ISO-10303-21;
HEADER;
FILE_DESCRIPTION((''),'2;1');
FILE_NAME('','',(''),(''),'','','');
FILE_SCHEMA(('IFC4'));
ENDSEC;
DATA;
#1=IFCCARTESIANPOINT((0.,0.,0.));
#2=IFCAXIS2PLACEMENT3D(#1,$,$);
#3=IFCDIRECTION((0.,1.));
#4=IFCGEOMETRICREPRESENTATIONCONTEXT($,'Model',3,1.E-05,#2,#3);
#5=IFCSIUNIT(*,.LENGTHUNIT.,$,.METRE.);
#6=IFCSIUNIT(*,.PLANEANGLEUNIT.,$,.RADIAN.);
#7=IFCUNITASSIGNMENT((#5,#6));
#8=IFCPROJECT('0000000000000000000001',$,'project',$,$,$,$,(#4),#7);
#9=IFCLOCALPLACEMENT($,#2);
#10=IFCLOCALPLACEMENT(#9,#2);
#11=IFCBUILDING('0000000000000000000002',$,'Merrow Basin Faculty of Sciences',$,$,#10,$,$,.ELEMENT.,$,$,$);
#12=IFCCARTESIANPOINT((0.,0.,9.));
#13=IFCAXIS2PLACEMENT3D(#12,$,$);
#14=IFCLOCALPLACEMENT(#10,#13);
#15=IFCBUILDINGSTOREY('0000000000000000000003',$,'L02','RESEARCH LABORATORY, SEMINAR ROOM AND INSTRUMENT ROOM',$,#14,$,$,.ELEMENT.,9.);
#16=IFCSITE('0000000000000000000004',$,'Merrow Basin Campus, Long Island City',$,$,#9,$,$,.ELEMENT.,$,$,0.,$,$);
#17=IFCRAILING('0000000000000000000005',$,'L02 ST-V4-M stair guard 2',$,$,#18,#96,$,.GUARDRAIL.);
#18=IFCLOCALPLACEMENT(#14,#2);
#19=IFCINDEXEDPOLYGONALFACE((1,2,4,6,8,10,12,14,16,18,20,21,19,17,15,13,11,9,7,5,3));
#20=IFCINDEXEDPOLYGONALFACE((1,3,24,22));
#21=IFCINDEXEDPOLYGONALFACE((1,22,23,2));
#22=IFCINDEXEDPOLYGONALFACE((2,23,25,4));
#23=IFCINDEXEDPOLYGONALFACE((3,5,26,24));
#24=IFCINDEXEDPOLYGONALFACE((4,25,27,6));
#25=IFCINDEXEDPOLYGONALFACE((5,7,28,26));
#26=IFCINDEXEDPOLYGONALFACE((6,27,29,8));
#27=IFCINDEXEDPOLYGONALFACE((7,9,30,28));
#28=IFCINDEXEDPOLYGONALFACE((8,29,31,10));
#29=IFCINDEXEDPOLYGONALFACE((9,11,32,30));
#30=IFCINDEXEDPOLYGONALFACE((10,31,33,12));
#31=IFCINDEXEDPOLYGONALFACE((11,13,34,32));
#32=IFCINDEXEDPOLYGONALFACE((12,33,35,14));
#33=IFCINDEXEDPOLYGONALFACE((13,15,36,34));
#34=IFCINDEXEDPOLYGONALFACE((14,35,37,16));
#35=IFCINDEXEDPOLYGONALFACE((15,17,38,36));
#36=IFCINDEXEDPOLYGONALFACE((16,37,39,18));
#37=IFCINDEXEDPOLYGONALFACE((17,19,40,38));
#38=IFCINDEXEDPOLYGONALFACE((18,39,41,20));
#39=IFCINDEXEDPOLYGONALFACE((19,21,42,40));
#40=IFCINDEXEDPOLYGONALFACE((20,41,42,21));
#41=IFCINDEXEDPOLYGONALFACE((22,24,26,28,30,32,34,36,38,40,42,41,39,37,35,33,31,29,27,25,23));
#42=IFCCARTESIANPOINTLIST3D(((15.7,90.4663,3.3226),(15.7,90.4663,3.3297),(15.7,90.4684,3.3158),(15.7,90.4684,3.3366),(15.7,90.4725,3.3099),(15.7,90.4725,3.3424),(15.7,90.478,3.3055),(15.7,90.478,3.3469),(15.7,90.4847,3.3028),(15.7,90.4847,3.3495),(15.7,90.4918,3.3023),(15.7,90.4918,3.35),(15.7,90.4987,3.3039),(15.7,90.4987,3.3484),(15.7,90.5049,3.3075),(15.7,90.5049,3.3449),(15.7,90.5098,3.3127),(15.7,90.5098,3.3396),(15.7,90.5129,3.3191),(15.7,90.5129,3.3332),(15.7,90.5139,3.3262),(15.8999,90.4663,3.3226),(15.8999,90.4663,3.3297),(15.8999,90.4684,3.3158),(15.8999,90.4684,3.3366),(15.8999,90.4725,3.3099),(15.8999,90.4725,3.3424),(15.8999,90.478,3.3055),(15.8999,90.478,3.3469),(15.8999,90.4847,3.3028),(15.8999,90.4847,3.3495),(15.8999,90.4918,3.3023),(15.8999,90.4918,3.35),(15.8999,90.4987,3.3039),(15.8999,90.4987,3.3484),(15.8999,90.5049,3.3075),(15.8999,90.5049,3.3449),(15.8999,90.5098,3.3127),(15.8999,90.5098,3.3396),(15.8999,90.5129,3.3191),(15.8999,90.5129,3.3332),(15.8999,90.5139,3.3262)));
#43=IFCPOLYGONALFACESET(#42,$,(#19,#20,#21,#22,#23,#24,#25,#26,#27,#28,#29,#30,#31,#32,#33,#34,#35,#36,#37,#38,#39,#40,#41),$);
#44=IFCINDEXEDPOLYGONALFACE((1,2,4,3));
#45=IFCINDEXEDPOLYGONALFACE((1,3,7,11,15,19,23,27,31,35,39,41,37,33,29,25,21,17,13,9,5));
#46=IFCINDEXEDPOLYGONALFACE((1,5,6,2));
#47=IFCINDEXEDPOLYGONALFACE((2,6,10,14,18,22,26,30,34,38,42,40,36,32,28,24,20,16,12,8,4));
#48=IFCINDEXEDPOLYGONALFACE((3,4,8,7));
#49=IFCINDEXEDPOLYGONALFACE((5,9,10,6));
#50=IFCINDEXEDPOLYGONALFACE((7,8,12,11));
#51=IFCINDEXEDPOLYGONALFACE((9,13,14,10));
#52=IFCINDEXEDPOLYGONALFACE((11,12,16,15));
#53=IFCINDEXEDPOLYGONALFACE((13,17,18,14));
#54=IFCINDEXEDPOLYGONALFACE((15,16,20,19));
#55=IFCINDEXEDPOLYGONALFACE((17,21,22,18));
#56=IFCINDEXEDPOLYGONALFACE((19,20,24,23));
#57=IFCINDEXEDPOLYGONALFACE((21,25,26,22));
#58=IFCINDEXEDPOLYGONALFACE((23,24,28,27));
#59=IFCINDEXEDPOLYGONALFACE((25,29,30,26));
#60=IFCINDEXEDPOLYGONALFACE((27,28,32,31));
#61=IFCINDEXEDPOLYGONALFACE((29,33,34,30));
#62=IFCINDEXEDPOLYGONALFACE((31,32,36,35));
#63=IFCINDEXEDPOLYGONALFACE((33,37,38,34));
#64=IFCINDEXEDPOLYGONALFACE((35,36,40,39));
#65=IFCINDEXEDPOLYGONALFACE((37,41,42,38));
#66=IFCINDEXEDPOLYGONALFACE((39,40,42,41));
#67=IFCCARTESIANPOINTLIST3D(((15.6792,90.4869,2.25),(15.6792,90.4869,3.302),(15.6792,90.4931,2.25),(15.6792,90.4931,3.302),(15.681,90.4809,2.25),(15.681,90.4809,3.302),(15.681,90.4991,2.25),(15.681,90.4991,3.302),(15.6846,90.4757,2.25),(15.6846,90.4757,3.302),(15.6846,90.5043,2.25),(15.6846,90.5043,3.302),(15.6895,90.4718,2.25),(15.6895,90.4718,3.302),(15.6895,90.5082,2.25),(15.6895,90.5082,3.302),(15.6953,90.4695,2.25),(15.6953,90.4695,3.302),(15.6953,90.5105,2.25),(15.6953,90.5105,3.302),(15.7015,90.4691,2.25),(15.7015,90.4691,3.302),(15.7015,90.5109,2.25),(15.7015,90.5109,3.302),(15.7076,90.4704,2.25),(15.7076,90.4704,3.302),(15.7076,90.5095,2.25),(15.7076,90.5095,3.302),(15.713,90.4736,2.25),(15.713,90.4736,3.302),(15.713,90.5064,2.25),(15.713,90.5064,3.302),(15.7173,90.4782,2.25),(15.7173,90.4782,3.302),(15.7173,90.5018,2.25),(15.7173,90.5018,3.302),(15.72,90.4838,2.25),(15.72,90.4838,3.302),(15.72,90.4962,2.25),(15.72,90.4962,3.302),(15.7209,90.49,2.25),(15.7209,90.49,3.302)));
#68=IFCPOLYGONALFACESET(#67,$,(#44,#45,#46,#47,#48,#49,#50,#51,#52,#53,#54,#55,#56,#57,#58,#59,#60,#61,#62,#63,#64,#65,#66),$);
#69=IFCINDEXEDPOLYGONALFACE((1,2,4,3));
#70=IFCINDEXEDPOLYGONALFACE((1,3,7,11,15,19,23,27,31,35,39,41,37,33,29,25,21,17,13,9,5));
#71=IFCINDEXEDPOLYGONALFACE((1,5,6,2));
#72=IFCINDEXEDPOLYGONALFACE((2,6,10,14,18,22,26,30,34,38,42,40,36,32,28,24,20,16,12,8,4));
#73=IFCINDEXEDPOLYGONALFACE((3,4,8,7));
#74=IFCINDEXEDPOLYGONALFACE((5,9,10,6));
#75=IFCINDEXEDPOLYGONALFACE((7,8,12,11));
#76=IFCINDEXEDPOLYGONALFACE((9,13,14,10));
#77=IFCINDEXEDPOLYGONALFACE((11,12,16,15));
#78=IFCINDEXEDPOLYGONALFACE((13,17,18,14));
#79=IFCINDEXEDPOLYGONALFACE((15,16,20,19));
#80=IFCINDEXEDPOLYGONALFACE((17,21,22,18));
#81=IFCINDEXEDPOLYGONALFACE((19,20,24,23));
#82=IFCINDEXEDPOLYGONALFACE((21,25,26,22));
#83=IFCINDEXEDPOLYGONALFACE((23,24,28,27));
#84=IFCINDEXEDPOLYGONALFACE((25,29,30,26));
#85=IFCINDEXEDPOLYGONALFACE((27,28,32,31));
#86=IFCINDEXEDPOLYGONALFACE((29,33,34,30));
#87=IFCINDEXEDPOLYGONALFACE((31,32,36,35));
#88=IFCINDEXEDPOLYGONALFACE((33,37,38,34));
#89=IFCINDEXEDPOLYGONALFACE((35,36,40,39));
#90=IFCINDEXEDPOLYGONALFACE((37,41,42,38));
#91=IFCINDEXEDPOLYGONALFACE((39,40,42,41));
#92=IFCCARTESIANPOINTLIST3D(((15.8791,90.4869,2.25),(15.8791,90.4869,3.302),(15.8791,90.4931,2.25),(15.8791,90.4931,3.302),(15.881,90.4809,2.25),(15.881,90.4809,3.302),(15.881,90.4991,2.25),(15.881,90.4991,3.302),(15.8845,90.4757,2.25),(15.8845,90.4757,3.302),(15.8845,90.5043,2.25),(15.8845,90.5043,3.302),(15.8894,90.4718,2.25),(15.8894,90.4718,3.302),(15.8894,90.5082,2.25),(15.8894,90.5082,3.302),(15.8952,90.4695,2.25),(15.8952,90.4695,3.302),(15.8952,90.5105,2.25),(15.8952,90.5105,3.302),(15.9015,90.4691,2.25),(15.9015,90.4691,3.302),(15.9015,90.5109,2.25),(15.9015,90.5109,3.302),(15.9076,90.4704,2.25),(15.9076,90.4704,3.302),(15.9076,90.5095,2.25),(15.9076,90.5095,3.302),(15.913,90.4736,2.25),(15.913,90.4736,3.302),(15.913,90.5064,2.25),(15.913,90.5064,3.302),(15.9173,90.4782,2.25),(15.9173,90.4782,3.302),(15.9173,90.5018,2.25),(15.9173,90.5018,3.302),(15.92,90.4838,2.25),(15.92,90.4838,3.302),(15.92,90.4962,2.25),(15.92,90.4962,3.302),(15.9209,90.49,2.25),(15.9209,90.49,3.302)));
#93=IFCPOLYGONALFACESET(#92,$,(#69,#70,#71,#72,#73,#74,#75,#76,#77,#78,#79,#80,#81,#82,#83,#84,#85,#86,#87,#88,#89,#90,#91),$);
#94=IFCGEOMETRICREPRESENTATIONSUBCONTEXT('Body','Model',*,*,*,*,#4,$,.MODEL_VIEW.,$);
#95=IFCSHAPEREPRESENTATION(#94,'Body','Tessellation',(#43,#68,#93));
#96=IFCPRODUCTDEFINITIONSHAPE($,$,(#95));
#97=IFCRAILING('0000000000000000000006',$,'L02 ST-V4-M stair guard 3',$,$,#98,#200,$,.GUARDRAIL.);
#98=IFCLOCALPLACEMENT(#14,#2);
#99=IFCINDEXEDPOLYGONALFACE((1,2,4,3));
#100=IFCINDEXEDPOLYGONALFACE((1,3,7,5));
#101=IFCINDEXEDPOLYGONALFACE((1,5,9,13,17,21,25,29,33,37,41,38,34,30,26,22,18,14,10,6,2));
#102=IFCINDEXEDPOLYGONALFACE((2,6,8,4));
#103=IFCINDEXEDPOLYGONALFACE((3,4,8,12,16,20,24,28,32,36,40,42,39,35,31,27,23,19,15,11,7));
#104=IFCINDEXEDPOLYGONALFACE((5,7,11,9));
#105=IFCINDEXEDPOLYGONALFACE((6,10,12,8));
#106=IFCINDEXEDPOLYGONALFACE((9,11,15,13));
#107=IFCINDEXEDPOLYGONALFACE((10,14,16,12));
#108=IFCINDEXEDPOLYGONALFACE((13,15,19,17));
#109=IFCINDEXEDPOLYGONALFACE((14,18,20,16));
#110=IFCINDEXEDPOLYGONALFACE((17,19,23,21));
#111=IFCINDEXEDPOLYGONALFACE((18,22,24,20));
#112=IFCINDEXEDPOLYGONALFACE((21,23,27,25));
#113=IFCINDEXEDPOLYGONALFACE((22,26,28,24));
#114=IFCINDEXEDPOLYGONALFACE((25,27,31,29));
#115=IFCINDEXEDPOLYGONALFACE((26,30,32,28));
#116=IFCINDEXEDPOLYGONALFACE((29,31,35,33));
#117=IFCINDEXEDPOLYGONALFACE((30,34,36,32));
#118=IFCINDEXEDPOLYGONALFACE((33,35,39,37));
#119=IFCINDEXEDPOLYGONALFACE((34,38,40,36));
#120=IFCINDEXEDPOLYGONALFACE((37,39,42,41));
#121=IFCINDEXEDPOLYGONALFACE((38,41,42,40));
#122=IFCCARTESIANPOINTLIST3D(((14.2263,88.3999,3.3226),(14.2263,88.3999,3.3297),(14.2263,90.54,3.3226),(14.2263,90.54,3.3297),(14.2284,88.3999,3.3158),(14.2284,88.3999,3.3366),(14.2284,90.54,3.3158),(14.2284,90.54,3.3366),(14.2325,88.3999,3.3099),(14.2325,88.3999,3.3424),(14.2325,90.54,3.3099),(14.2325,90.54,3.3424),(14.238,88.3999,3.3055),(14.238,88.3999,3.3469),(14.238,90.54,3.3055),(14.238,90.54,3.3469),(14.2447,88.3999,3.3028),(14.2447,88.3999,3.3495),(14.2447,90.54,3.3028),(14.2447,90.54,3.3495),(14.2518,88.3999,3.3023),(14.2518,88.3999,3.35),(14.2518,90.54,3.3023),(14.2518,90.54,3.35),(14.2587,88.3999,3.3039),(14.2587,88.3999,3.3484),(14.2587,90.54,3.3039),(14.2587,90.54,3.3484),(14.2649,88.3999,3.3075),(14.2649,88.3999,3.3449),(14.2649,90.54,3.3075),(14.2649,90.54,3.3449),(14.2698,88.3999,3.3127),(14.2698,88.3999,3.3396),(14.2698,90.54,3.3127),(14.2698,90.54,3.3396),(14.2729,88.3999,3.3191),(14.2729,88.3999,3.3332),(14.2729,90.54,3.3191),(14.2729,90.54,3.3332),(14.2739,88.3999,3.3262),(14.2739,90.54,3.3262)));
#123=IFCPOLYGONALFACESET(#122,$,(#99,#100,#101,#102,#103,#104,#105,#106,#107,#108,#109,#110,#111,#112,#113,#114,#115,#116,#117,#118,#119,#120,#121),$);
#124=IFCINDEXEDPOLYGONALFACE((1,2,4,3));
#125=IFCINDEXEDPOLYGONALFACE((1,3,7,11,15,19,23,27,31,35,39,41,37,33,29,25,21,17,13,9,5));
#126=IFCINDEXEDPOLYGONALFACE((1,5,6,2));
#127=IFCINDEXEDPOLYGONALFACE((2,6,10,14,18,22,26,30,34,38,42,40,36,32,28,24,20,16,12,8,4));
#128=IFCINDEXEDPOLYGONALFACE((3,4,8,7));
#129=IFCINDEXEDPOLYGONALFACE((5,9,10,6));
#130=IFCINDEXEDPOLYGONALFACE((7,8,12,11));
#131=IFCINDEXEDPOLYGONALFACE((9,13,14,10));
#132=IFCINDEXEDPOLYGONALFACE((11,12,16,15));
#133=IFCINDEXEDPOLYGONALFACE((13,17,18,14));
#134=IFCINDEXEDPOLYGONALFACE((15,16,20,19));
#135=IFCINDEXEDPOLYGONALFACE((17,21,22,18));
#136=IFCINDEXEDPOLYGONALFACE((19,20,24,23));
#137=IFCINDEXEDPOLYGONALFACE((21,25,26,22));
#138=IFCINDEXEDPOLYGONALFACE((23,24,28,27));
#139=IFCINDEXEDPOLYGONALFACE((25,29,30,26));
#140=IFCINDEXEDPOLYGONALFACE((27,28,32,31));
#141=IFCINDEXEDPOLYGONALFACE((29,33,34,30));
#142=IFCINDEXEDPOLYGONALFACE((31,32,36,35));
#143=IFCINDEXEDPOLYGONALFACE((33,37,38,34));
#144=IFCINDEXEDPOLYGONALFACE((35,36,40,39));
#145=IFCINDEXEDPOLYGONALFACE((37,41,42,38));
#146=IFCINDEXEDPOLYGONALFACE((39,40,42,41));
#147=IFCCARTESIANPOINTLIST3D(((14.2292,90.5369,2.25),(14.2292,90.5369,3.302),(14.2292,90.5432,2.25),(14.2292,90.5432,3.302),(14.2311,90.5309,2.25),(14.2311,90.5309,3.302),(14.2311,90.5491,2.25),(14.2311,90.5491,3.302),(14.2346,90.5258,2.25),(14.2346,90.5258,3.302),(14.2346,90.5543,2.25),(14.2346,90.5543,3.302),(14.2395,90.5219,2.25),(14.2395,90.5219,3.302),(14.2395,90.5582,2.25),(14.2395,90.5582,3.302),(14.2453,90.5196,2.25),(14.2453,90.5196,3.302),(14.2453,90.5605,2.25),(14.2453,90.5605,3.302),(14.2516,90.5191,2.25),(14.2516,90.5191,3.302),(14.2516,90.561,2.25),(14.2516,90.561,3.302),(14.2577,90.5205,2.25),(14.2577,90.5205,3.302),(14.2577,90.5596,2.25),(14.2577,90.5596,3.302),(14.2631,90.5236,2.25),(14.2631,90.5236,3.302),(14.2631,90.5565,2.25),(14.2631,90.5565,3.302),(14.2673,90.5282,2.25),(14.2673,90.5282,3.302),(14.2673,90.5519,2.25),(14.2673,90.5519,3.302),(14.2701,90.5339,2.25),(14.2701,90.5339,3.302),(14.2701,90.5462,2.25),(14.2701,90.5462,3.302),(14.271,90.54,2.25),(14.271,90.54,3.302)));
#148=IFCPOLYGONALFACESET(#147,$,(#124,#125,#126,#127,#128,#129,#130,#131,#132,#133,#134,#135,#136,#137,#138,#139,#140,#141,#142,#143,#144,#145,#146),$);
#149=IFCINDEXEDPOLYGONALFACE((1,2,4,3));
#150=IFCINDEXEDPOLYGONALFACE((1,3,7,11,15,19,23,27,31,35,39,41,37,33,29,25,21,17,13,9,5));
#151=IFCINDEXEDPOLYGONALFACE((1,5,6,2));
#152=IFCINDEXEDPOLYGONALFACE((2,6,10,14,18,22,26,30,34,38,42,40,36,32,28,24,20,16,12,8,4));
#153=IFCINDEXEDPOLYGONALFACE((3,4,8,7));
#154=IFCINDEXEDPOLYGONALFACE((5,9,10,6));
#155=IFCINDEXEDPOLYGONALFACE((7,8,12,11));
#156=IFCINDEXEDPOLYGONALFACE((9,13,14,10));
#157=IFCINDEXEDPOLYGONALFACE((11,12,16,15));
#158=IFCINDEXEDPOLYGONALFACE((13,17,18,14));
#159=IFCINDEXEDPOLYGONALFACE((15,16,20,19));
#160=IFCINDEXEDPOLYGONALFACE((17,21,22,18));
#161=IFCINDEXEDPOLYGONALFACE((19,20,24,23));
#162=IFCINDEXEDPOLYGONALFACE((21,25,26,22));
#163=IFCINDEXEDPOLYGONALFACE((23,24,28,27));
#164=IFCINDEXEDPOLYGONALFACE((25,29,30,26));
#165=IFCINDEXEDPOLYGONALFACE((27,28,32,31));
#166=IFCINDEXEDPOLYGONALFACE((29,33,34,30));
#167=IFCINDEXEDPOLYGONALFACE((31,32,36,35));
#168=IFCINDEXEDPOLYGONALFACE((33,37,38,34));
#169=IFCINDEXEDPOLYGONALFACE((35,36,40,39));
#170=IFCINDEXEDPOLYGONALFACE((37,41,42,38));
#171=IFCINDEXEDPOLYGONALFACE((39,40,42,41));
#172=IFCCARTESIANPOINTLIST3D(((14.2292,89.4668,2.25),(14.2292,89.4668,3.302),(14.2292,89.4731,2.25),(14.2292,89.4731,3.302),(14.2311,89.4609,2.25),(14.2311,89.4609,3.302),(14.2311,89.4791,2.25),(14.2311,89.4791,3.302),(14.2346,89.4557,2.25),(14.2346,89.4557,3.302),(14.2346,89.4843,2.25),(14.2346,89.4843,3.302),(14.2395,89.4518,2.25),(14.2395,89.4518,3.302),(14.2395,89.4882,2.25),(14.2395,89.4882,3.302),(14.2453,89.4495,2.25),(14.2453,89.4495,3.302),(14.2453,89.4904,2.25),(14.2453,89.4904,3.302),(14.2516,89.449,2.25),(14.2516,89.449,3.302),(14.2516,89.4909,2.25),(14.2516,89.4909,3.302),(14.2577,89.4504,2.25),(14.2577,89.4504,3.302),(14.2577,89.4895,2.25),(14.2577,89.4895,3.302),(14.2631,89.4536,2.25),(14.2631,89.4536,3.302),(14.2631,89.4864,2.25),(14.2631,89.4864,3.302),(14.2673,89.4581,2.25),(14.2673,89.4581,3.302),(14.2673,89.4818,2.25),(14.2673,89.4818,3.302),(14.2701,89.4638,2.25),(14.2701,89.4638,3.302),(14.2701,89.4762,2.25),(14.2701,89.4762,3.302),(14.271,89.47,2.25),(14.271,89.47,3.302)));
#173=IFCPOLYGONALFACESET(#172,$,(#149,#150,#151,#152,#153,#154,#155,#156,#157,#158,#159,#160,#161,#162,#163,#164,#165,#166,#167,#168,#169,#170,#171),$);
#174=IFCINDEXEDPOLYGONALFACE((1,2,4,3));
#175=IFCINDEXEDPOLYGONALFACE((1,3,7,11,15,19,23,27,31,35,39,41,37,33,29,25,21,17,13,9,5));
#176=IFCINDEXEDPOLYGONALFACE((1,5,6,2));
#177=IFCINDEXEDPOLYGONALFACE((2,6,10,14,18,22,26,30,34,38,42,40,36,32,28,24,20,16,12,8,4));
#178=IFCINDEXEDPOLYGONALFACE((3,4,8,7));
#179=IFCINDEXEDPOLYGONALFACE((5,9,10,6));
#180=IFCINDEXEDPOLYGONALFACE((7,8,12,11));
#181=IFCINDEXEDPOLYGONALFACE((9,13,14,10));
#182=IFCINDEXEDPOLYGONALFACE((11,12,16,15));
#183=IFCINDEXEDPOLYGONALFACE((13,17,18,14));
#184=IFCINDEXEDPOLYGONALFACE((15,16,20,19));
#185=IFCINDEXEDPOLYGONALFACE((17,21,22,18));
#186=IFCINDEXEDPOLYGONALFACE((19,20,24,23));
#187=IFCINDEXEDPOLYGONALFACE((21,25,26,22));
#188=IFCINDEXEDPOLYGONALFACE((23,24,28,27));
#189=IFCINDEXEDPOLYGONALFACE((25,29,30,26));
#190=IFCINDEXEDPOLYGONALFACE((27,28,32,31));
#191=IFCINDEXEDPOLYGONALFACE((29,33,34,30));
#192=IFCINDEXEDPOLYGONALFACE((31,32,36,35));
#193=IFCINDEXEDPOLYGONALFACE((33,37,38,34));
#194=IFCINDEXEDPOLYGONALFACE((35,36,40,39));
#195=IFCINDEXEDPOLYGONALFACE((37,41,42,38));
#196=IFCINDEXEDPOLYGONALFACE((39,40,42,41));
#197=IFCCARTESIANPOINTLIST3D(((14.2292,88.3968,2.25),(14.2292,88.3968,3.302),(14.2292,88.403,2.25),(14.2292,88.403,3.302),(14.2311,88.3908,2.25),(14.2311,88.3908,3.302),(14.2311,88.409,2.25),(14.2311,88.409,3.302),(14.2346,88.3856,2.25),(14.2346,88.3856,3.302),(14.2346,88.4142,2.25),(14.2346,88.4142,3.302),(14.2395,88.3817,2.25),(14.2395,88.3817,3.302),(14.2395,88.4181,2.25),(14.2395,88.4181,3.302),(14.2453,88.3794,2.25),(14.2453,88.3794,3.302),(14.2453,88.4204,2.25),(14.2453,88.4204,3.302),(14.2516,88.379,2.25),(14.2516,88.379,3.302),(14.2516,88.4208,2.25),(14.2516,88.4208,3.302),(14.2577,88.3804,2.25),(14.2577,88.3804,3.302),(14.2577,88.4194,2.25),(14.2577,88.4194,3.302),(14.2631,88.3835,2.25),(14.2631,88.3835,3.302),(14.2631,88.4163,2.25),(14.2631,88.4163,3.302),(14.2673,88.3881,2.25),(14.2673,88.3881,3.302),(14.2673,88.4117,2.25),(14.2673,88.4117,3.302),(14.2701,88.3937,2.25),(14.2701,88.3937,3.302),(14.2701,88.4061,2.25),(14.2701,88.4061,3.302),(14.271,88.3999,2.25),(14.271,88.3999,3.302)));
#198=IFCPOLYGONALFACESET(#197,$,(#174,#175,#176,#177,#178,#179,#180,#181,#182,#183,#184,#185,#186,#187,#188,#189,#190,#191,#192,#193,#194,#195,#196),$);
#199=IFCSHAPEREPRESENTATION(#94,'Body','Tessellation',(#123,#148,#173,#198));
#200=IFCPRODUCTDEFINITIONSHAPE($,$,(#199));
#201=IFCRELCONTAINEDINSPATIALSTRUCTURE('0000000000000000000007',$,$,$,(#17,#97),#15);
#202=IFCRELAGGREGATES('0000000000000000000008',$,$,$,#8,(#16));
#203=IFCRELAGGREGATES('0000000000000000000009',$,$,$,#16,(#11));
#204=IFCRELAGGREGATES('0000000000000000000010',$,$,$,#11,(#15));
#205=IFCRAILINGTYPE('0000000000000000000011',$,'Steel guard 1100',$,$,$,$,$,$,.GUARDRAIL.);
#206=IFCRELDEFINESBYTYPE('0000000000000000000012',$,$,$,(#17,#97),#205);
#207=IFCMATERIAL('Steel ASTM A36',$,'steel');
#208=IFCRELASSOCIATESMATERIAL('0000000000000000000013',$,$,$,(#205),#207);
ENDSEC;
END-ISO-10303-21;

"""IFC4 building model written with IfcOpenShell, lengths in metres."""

from ifc_helpers import new_model, si_unit, direction, frame, origin, origin_2d, place, context, subcontext, project, spatial, circle, extrude, material, type_object, element, save


model = new_model("IFC4")

# Units and contexts
model_context = context("Model", 3, precision=1e-05, world=origin(), true_north=direction((0.0, 1.0)))
body_context = subcontext(model_context, "Body", "Model", "MODEL_VIEW")
ifc_project = project(units=[si_unit("LENGTHUNIT", "METRE"), si_unit("PLANEANGLEUNIT", "RADIAN")], contexts=[model_context])

# Site, building, storey
site_placement = place(None, origin())
site = spatial("IfcSite", under=ifc_project, at=site_placement, Name="Merrow Basin Campus, Long Island City", CompositionType="ELEMENT", RefElevation=0.0)
building_placement = place(site_placement, origin())
building = spatial("IfcBuilding", under=site, at=building_placement, Name="Merrow Basin Faculty of Sciences", CompositionType="ELEMENT")
storey_placement = place(building_placement, frame((0.0, 0.0, 9.0)))
storey = spatial("IfcBuildingStorey", under=building, at=storey_placement, Name="L02", Description="RESEARCH LABORATORY, SEMINAR ROOM AND INSTRUMENT ROOM", CompositionType="ELEMENT", Elevation=9.0)

# Railings
ifc_material_1 = material(Name="Steel ASTM A36", Category="steel")
railing_type_1 = type_object("IfcRailingType", Name="Steel guard 1100", PredefinedType="GUARDRAIL", material=ifc_material_1)
railing_1_placement = place(storey_placement, frame((15.7, 90.49, 2.25)))
element("IfcRailing", 1, at=railing_1_placement, inside=storey, type_object=railing_type_1, Name="L02 ST-V4-M stair guard 2", PredefinedType="GUARDRAIL", context=body_context, shape_type="SweptSolid", body=[
    extrude(circle(Radius=0.0239, at=origin_2d()), frame((0.0, 0.0, 1.0762), z_axis=(1.0, 0.0, 0.0), x_axis=(0.0, 1.0, 0.0)), (0.0, 0.0, 1.0), 0.2),
    extrude(circle(Radius=0.021, at=origin_2d()), origin(), (0.0, 0.0, 1.0), 1.052),
    extrude(circle(Radius=0.021, at=origin_2d()), frame((0.2, 0.0, 0.0)), (0.0, 0.0, 1.0), 1.052),
])
railing_2_placement = place(storey_placement, frame((14.25, 90.54, 2.25)))
element("IfcRailing", 2, at=railing_2_placement, inside=storey, type_object=railing_type_1, Name="L02 ST-V4-M stair guard 3", PredefinedType="GUARDRAIL", context=body_context, shape_type="SweptSolid", body=[
    extrude(circle(Radius=0.0239, at=origin_2d()), frame((0.0, 0.0, 1.0762), z_axis=(0.0, -1.0, 0.0), x_axis=(1.0, 0.0, 0.0)), (0.0, 0.0, 1.0), 2.1401),
    extrude(circle(Radius=0.021, at=origin_2d()), origin(), (0.0, 0.0, 1.0), 1.052),
    extrude(circle(Radius=0.021, at=origin_2d()), frame((0.0, -1.0701, 0.0)), (0.0, 0.0, 1.0), 1.052),
    extrude(circle(Radius=0.021, at=origin_2d()), frame((0.0, -2.1401, 0.0)), (0.0, 0.0, 1.0), 1.052),
])

save(model, "model.ifc")
